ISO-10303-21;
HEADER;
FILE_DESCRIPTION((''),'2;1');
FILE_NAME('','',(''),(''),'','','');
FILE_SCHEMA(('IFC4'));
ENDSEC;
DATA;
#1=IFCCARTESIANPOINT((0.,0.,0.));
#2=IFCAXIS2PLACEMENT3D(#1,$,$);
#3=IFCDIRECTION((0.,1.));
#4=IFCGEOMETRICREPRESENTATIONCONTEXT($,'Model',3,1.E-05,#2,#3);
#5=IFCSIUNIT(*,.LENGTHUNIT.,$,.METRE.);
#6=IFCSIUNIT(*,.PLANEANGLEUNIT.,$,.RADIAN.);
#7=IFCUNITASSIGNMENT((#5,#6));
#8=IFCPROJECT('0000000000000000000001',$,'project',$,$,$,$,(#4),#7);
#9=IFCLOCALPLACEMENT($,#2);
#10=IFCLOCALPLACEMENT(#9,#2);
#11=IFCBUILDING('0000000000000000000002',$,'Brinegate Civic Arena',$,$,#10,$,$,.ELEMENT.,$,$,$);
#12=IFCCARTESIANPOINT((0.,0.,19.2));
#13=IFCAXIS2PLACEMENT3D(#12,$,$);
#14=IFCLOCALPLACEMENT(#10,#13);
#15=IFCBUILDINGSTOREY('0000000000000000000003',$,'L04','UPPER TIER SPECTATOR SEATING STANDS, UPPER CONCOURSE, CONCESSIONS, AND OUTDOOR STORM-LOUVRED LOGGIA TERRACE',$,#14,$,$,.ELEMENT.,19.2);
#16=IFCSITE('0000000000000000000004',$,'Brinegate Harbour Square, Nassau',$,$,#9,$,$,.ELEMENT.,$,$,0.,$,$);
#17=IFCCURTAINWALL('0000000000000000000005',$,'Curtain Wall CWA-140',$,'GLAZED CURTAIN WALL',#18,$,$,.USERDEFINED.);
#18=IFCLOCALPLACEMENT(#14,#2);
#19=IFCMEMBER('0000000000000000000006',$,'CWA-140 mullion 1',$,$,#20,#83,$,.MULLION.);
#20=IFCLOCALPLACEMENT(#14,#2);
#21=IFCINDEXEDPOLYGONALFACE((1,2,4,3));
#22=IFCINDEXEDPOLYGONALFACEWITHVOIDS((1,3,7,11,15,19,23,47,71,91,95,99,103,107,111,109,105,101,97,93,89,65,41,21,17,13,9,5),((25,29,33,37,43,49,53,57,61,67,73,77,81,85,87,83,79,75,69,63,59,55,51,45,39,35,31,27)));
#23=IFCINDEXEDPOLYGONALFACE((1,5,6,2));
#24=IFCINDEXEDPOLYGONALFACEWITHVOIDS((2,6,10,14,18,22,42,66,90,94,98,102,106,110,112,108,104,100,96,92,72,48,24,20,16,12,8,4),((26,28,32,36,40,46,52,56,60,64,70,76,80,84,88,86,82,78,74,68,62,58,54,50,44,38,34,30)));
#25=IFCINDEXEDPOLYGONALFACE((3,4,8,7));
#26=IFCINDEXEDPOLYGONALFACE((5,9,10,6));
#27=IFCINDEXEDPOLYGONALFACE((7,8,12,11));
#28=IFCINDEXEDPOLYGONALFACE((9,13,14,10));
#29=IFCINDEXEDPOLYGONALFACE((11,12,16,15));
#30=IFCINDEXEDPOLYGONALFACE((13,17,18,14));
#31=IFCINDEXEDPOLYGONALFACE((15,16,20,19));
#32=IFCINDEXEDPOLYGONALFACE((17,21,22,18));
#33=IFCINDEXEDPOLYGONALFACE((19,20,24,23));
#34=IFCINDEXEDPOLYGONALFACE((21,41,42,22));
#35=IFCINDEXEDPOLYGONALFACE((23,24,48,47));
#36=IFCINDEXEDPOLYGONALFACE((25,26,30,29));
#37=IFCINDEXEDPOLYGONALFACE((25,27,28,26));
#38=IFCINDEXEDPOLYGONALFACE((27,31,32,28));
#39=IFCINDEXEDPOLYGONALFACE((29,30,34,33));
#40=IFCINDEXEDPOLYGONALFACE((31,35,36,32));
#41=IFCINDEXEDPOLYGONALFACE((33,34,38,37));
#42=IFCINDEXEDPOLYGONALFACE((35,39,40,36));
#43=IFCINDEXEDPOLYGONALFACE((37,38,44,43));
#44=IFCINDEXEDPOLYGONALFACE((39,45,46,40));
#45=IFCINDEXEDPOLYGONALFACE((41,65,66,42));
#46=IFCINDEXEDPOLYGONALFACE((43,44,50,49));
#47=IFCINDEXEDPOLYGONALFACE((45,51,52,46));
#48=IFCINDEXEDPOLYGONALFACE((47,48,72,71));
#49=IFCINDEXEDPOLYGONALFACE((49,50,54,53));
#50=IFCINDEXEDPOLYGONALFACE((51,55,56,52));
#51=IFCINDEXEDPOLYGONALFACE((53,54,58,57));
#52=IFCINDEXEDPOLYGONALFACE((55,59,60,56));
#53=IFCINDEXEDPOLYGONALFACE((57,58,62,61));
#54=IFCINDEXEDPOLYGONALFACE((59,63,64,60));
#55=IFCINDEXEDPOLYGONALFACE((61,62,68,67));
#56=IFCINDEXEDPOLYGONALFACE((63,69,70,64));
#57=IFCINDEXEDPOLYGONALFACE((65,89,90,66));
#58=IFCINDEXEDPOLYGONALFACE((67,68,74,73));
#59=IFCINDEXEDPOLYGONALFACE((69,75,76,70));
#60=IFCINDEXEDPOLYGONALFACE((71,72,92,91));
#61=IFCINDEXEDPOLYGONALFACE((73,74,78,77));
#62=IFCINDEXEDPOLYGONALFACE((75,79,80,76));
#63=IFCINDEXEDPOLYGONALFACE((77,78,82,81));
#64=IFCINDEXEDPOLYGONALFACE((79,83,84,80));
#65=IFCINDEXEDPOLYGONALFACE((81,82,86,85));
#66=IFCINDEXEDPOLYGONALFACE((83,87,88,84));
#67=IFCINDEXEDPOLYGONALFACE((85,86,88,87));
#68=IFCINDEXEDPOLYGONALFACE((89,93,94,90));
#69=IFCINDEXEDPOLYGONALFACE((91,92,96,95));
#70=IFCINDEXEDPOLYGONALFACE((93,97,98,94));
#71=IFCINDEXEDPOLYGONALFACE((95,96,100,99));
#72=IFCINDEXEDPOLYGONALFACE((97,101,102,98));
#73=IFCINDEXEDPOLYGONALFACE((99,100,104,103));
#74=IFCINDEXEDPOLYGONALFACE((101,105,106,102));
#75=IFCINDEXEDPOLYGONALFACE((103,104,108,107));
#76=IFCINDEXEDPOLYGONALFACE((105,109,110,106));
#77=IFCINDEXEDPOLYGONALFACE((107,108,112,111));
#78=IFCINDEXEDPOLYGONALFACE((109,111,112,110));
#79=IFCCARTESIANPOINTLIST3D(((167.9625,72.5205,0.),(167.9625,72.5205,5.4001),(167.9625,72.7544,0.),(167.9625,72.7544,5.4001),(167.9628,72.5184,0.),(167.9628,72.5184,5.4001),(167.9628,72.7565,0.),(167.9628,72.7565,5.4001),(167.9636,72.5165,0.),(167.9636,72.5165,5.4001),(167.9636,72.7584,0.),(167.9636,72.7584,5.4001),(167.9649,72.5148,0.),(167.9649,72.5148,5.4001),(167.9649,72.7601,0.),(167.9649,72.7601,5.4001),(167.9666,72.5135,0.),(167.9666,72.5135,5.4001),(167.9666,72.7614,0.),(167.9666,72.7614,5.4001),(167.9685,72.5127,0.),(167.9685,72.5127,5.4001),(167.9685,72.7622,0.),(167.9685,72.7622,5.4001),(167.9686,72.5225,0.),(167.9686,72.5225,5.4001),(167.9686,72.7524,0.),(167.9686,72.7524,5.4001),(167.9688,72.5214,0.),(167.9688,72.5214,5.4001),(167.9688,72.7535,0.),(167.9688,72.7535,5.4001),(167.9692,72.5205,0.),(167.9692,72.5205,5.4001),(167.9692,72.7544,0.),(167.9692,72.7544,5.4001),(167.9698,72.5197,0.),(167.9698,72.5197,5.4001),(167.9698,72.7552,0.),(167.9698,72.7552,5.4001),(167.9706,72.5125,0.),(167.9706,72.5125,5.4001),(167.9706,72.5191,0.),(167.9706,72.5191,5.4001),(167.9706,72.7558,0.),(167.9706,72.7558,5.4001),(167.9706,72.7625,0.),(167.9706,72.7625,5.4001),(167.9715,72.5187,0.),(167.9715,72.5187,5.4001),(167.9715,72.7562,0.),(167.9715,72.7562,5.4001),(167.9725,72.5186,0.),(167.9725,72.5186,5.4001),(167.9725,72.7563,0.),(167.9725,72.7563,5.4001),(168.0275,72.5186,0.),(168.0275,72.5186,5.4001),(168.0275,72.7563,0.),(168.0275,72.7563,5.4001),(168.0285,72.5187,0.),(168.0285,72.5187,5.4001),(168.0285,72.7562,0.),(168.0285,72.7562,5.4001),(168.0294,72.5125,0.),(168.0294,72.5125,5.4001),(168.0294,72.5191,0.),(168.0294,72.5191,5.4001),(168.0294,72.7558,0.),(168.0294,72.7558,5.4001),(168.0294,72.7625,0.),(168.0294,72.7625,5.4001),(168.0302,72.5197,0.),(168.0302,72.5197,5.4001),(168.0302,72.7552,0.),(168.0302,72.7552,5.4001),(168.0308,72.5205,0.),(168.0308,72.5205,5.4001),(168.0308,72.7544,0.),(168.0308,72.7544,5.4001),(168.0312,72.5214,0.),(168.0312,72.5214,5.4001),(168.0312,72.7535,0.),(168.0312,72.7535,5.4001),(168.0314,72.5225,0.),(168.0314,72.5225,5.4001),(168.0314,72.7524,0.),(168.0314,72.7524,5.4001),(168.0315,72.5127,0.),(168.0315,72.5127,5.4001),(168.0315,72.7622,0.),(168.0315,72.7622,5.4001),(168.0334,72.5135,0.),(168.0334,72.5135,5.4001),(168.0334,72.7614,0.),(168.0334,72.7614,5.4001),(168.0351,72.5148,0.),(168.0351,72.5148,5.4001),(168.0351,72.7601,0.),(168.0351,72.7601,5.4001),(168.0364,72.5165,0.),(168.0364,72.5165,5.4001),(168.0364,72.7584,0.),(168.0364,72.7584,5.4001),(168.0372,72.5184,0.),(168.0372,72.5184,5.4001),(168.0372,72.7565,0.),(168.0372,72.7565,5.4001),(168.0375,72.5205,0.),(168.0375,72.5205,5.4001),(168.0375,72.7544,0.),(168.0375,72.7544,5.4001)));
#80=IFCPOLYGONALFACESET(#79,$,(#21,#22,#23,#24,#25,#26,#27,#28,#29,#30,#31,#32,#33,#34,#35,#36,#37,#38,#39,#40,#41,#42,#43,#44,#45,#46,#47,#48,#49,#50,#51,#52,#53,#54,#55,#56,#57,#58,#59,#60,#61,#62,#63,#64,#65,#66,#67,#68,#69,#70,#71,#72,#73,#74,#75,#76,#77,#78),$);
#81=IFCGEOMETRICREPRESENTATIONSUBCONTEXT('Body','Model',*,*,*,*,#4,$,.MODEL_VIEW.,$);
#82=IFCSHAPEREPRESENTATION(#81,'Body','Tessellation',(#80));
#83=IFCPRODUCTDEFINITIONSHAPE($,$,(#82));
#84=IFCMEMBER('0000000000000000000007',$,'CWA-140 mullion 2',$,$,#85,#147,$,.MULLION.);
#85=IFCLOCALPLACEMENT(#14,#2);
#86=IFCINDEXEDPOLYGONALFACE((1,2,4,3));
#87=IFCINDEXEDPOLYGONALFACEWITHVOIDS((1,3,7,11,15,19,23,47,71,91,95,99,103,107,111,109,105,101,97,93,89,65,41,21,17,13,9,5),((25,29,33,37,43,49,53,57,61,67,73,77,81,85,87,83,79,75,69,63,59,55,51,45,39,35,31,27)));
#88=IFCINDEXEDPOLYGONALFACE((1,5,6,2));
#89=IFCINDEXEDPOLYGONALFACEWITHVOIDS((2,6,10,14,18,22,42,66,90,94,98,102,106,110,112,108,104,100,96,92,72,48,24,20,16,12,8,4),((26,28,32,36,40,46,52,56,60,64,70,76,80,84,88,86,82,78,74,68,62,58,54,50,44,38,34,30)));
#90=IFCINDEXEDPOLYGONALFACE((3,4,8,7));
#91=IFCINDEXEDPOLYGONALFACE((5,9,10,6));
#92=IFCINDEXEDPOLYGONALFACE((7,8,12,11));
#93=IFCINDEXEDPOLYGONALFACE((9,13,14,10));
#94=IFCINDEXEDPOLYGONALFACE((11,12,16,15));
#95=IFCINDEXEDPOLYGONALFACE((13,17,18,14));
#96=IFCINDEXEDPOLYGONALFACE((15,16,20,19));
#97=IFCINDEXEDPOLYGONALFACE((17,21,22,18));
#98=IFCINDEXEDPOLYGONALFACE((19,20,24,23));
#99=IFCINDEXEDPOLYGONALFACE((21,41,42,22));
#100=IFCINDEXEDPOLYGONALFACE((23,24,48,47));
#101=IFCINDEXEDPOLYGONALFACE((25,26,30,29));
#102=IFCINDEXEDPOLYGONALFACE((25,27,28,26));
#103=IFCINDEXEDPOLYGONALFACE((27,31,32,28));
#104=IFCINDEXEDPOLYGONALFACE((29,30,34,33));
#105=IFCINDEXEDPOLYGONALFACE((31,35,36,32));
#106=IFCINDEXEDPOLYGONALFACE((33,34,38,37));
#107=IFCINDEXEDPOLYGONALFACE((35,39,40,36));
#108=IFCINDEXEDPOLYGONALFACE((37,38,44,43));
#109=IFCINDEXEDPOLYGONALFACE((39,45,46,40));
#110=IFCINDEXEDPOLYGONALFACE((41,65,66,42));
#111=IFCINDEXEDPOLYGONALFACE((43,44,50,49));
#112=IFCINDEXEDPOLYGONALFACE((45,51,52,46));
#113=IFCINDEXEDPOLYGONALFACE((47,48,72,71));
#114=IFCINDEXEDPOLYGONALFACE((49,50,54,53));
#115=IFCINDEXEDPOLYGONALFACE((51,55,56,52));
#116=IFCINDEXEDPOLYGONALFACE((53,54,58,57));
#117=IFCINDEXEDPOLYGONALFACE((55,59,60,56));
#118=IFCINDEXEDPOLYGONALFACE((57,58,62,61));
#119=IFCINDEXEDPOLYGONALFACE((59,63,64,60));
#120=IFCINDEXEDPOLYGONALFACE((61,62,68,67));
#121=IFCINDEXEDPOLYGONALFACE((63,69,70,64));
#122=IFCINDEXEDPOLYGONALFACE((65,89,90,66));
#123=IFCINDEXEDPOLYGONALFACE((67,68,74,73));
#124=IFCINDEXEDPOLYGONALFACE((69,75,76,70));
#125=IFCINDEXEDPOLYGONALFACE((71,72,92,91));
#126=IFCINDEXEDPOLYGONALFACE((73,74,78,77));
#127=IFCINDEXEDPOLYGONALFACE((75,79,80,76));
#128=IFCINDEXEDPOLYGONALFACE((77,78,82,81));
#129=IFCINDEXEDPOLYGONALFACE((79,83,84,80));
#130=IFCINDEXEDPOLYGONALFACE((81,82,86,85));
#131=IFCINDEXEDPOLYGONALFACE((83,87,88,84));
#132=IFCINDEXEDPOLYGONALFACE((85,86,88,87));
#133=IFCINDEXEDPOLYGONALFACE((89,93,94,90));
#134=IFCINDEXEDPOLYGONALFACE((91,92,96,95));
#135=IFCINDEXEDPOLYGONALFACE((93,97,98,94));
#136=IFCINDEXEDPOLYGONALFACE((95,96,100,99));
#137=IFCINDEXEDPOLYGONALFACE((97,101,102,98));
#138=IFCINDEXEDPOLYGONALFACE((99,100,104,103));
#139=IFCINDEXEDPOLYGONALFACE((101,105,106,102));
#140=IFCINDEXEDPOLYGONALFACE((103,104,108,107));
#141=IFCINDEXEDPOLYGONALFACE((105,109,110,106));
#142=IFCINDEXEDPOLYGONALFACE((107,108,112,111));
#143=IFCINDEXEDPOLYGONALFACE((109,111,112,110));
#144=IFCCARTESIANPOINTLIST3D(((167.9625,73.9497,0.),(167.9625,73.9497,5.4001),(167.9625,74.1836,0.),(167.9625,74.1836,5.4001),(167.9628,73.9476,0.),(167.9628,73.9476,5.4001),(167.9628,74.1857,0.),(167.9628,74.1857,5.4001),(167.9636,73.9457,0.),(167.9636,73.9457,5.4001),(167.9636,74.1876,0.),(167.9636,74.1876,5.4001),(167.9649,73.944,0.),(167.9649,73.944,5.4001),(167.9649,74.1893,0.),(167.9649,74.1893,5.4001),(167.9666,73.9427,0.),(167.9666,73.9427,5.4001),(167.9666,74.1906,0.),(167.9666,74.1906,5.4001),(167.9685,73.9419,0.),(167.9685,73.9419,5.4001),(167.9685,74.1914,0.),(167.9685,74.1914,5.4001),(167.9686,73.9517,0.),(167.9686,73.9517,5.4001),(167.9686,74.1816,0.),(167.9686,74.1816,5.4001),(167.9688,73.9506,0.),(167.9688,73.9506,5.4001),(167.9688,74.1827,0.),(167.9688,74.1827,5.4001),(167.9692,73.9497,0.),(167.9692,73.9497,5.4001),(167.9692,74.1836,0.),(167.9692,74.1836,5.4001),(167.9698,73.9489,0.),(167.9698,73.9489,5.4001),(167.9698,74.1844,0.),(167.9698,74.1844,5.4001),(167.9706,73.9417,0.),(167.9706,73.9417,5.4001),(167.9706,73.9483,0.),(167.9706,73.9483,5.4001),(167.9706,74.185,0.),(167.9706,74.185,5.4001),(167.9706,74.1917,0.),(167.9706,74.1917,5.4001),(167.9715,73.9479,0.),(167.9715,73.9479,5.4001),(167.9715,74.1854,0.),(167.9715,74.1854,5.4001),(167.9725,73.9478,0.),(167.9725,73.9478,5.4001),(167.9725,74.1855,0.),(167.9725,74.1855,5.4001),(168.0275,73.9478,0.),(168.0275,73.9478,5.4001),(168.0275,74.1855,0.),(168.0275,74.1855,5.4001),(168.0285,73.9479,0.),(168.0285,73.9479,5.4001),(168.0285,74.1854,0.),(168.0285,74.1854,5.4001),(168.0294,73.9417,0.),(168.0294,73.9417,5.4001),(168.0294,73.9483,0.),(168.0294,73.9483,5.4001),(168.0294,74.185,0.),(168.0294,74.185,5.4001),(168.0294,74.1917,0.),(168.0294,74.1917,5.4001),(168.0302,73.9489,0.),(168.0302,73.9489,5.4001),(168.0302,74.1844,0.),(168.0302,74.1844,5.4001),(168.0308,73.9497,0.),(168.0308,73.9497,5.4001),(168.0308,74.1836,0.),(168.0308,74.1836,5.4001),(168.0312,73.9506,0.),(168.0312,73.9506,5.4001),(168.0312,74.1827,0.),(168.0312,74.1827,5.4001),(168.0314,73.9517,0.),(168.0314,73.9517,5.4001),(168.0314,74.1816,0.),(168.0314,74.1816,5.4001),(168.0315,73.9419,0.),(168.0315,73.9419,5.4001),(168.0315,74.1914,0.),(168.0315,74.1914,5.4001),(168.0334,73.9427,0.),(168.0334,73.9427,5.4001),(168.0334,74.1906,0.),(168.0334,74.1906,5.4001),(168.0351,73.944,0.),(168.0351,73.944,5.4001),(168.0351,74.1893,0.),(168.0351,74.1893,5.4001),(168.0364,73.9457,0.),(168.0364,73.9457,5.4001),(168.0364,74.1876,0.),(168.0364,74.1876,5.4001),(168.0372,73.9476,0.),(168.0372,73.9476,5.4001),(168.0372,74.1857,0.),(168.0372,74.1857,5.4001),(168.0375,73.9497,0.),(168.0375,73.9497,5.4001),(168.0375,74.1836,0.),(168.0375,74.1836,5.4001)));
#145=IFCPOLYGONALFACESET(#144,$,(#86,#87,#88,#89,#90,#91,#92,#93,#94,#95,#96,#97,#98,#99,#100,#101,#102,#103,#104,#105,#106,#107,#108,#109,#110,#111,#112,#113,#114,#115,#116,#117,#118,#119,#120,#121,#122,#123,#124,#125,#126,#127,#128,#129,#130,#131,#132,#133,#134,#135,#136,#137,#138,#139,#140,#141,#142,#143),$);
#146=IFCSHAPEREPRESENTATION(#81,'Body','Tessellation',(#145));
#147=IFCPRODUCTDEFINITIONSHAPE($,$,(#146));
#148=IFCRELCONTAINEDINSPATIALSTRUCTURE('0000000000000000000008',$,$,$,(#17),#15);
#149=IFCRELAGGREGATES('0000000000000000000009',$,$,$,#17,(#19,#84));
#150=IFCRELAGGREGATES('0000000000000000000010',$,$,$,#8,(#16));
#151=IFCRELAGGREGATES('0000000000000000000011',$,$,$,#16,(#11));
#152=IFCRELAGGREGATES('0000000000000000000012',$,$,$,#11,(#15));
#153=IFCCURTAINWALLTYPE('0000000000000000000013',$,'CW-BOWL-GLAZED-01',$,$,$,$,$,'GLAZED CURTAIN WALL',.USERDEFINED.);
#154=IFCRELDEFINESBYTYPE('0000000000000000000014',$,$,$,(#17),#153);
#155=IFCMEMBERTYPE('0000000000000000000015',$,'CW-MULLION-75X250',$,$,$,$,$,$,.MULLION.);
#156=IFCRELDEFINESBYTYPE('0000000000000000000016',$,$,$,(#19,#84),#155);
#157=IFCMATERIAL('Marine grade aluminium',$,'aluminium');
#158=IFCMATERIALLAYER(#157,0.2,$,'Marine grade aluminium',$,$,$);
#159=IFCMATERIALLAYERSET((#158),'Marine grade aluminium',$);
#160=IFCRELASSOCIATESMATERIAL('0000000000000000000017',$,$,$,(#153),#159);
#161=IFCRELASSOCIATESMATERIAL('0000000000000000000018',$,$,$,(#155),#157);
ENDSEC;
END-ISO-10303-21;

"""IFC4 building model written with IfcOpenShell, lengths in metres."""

from ifc_helpers import new_model, si_unit, direction, frame, origin, origin_2d, place, context, subcontext, project, spatial, hollow_rectangle, extrude, material, layer, layer_set, material_profile, profile_set, type_object, element, aggregate, save


model = new_model("IFC4")

# Units and contexts
model_context = context("Model", 3, precision=1e-05, world=origin(), true_north=direction((0.0, 1.0)))
body_context = subcontext(model_context, "Body", "Model", "MODEL_VIEW")
ifc_project = project(units=[si_unit("LENGTHUNIT", "METRE"), si_unit("PLANEANGLEUNIT", "RADIAN")], contexts=[model_context])

# Site, building, storey
site_placement = place(None, origin())
site = spatial("IfcSite", under=ifc_project, at=site_placement, Name="Brinegate Harbour Square, Nassau", CompositionType="ELEMENT", RefElevation=0.0)
building_placement = place(site_placement, origin())
building = spatial("IfcBuilding", under=site, at=building_placement, Name="Brinegate Civic Arena", CompositionType="ELEMENT")
storey_placement = place(building_placement, frame((0.0, 0.0, 19.2)))
storey = spatial("IfcBuildingStorey", under=building, at=storey_placement, Name="L04", Description="UPPER TIER SPECTATOR SEATING STANDS, UPPER CONCOURSE, CONCESSIONS, AND OUTDOOR STORM-LOUVRED LOGGIA TERRACE", CompositionType="ELEMENT", Elevation=19.2)

# Curtain wall, members
ifc_material_1 = material(Name="Marine grade aluminium", Category="aluminium")
ifc_layer_1 = layer(ifc_material_1, 0.2, Name="Marine grade aluminium")
ifc_layer_set_1 = layer_set([ifc_layer_1], Name="Marine grade aluminium")
curtain_wall_type = type_object("IfcCurtainWallType", Name="CW-BOWL-GLAZED-01", ElementType="GLAZED CURTAIN WALL", PredefinedType="USERDEFINED", material=ifc_layer_set_1)
curtain_wall_1_placement = place(storey_placement, origin())
curtain_wall_1 = element("IfcCurtainWall", 1, at=curtain_wall_1_placement, inside=storey, type_object=curtain_wall_type, Name="Curtain Wall CWA-140", ObjectType="GLAZED CURTAIN WALL", PredefinedType="USERDEFINED")
ifc_material_profile_1 = material_profile(ifc_material_1, hollow_rectangle(XDim=0.075, YDim=0.25, WallThickness=0.0061, InnerFilletRadius=0.0039, OuterFilletRadius=0.0081, at=origin_2d()), Name="MUL75X250")
ifc_profile_set_1 = profile_set([ifc_material_profile_1], Name="Marine grade aluminium")
member_type_1 = type_object("IfcMemberType", Name="CW-MULLION-75X250", PredefinedType="MULLION", material=ifc_profile_set_1)
member_1_placement = place(storey_placement, frame((168.0, 72.6375, 0.0), z_axis=(0.0, 0.0, 1.0), x_axis=(-1.0, 0.0, 0.0)))
member_1 = element("IfcMember", 2, at=member_1_placement, type_object=member_type_1, Name="CWA-140 mullion 1", PredefinedType="MULLION", context=body_context, shape_type="SweptSolid", body=[
    extrude(hollow_rectangle(XDim=0.075, YDim=0.25, WallThickness=0.0061, InnerFilletRadius=0.0039, OuterFilletRadius=0.0081, at=origin_2d()), origin(), (0.0, 0.0, 1.0), 5.4001),
])
member_2_placement = place(storey_placement, frame((168.0, 74.0667, 0.0), z_axis=(0.0, 0.0, 1.0), x_axis=(-1.0, 0.0, 0.0)))
member_2 = element("IfcMember", 3, at=member_2_placement, type_object=member_type_1, Name="CWA-140 mullion 2", PredefinedType="MULLION", context=body_context, shape_type="SweptSolid", body=[
    extrude(hollow_rectangle(XDim=0.075, YDim=0.25, WallThickness=0.0061, InnerFilletRadius=0.0039, OuterFilletRadius=0.0081, at=origin_2d()), origin(), (0.0, 0.0, 1.0), 5.4001),
])

aggregate(curtain_wall_1, [member_1, member_2])

save(model, "model.ifc")
